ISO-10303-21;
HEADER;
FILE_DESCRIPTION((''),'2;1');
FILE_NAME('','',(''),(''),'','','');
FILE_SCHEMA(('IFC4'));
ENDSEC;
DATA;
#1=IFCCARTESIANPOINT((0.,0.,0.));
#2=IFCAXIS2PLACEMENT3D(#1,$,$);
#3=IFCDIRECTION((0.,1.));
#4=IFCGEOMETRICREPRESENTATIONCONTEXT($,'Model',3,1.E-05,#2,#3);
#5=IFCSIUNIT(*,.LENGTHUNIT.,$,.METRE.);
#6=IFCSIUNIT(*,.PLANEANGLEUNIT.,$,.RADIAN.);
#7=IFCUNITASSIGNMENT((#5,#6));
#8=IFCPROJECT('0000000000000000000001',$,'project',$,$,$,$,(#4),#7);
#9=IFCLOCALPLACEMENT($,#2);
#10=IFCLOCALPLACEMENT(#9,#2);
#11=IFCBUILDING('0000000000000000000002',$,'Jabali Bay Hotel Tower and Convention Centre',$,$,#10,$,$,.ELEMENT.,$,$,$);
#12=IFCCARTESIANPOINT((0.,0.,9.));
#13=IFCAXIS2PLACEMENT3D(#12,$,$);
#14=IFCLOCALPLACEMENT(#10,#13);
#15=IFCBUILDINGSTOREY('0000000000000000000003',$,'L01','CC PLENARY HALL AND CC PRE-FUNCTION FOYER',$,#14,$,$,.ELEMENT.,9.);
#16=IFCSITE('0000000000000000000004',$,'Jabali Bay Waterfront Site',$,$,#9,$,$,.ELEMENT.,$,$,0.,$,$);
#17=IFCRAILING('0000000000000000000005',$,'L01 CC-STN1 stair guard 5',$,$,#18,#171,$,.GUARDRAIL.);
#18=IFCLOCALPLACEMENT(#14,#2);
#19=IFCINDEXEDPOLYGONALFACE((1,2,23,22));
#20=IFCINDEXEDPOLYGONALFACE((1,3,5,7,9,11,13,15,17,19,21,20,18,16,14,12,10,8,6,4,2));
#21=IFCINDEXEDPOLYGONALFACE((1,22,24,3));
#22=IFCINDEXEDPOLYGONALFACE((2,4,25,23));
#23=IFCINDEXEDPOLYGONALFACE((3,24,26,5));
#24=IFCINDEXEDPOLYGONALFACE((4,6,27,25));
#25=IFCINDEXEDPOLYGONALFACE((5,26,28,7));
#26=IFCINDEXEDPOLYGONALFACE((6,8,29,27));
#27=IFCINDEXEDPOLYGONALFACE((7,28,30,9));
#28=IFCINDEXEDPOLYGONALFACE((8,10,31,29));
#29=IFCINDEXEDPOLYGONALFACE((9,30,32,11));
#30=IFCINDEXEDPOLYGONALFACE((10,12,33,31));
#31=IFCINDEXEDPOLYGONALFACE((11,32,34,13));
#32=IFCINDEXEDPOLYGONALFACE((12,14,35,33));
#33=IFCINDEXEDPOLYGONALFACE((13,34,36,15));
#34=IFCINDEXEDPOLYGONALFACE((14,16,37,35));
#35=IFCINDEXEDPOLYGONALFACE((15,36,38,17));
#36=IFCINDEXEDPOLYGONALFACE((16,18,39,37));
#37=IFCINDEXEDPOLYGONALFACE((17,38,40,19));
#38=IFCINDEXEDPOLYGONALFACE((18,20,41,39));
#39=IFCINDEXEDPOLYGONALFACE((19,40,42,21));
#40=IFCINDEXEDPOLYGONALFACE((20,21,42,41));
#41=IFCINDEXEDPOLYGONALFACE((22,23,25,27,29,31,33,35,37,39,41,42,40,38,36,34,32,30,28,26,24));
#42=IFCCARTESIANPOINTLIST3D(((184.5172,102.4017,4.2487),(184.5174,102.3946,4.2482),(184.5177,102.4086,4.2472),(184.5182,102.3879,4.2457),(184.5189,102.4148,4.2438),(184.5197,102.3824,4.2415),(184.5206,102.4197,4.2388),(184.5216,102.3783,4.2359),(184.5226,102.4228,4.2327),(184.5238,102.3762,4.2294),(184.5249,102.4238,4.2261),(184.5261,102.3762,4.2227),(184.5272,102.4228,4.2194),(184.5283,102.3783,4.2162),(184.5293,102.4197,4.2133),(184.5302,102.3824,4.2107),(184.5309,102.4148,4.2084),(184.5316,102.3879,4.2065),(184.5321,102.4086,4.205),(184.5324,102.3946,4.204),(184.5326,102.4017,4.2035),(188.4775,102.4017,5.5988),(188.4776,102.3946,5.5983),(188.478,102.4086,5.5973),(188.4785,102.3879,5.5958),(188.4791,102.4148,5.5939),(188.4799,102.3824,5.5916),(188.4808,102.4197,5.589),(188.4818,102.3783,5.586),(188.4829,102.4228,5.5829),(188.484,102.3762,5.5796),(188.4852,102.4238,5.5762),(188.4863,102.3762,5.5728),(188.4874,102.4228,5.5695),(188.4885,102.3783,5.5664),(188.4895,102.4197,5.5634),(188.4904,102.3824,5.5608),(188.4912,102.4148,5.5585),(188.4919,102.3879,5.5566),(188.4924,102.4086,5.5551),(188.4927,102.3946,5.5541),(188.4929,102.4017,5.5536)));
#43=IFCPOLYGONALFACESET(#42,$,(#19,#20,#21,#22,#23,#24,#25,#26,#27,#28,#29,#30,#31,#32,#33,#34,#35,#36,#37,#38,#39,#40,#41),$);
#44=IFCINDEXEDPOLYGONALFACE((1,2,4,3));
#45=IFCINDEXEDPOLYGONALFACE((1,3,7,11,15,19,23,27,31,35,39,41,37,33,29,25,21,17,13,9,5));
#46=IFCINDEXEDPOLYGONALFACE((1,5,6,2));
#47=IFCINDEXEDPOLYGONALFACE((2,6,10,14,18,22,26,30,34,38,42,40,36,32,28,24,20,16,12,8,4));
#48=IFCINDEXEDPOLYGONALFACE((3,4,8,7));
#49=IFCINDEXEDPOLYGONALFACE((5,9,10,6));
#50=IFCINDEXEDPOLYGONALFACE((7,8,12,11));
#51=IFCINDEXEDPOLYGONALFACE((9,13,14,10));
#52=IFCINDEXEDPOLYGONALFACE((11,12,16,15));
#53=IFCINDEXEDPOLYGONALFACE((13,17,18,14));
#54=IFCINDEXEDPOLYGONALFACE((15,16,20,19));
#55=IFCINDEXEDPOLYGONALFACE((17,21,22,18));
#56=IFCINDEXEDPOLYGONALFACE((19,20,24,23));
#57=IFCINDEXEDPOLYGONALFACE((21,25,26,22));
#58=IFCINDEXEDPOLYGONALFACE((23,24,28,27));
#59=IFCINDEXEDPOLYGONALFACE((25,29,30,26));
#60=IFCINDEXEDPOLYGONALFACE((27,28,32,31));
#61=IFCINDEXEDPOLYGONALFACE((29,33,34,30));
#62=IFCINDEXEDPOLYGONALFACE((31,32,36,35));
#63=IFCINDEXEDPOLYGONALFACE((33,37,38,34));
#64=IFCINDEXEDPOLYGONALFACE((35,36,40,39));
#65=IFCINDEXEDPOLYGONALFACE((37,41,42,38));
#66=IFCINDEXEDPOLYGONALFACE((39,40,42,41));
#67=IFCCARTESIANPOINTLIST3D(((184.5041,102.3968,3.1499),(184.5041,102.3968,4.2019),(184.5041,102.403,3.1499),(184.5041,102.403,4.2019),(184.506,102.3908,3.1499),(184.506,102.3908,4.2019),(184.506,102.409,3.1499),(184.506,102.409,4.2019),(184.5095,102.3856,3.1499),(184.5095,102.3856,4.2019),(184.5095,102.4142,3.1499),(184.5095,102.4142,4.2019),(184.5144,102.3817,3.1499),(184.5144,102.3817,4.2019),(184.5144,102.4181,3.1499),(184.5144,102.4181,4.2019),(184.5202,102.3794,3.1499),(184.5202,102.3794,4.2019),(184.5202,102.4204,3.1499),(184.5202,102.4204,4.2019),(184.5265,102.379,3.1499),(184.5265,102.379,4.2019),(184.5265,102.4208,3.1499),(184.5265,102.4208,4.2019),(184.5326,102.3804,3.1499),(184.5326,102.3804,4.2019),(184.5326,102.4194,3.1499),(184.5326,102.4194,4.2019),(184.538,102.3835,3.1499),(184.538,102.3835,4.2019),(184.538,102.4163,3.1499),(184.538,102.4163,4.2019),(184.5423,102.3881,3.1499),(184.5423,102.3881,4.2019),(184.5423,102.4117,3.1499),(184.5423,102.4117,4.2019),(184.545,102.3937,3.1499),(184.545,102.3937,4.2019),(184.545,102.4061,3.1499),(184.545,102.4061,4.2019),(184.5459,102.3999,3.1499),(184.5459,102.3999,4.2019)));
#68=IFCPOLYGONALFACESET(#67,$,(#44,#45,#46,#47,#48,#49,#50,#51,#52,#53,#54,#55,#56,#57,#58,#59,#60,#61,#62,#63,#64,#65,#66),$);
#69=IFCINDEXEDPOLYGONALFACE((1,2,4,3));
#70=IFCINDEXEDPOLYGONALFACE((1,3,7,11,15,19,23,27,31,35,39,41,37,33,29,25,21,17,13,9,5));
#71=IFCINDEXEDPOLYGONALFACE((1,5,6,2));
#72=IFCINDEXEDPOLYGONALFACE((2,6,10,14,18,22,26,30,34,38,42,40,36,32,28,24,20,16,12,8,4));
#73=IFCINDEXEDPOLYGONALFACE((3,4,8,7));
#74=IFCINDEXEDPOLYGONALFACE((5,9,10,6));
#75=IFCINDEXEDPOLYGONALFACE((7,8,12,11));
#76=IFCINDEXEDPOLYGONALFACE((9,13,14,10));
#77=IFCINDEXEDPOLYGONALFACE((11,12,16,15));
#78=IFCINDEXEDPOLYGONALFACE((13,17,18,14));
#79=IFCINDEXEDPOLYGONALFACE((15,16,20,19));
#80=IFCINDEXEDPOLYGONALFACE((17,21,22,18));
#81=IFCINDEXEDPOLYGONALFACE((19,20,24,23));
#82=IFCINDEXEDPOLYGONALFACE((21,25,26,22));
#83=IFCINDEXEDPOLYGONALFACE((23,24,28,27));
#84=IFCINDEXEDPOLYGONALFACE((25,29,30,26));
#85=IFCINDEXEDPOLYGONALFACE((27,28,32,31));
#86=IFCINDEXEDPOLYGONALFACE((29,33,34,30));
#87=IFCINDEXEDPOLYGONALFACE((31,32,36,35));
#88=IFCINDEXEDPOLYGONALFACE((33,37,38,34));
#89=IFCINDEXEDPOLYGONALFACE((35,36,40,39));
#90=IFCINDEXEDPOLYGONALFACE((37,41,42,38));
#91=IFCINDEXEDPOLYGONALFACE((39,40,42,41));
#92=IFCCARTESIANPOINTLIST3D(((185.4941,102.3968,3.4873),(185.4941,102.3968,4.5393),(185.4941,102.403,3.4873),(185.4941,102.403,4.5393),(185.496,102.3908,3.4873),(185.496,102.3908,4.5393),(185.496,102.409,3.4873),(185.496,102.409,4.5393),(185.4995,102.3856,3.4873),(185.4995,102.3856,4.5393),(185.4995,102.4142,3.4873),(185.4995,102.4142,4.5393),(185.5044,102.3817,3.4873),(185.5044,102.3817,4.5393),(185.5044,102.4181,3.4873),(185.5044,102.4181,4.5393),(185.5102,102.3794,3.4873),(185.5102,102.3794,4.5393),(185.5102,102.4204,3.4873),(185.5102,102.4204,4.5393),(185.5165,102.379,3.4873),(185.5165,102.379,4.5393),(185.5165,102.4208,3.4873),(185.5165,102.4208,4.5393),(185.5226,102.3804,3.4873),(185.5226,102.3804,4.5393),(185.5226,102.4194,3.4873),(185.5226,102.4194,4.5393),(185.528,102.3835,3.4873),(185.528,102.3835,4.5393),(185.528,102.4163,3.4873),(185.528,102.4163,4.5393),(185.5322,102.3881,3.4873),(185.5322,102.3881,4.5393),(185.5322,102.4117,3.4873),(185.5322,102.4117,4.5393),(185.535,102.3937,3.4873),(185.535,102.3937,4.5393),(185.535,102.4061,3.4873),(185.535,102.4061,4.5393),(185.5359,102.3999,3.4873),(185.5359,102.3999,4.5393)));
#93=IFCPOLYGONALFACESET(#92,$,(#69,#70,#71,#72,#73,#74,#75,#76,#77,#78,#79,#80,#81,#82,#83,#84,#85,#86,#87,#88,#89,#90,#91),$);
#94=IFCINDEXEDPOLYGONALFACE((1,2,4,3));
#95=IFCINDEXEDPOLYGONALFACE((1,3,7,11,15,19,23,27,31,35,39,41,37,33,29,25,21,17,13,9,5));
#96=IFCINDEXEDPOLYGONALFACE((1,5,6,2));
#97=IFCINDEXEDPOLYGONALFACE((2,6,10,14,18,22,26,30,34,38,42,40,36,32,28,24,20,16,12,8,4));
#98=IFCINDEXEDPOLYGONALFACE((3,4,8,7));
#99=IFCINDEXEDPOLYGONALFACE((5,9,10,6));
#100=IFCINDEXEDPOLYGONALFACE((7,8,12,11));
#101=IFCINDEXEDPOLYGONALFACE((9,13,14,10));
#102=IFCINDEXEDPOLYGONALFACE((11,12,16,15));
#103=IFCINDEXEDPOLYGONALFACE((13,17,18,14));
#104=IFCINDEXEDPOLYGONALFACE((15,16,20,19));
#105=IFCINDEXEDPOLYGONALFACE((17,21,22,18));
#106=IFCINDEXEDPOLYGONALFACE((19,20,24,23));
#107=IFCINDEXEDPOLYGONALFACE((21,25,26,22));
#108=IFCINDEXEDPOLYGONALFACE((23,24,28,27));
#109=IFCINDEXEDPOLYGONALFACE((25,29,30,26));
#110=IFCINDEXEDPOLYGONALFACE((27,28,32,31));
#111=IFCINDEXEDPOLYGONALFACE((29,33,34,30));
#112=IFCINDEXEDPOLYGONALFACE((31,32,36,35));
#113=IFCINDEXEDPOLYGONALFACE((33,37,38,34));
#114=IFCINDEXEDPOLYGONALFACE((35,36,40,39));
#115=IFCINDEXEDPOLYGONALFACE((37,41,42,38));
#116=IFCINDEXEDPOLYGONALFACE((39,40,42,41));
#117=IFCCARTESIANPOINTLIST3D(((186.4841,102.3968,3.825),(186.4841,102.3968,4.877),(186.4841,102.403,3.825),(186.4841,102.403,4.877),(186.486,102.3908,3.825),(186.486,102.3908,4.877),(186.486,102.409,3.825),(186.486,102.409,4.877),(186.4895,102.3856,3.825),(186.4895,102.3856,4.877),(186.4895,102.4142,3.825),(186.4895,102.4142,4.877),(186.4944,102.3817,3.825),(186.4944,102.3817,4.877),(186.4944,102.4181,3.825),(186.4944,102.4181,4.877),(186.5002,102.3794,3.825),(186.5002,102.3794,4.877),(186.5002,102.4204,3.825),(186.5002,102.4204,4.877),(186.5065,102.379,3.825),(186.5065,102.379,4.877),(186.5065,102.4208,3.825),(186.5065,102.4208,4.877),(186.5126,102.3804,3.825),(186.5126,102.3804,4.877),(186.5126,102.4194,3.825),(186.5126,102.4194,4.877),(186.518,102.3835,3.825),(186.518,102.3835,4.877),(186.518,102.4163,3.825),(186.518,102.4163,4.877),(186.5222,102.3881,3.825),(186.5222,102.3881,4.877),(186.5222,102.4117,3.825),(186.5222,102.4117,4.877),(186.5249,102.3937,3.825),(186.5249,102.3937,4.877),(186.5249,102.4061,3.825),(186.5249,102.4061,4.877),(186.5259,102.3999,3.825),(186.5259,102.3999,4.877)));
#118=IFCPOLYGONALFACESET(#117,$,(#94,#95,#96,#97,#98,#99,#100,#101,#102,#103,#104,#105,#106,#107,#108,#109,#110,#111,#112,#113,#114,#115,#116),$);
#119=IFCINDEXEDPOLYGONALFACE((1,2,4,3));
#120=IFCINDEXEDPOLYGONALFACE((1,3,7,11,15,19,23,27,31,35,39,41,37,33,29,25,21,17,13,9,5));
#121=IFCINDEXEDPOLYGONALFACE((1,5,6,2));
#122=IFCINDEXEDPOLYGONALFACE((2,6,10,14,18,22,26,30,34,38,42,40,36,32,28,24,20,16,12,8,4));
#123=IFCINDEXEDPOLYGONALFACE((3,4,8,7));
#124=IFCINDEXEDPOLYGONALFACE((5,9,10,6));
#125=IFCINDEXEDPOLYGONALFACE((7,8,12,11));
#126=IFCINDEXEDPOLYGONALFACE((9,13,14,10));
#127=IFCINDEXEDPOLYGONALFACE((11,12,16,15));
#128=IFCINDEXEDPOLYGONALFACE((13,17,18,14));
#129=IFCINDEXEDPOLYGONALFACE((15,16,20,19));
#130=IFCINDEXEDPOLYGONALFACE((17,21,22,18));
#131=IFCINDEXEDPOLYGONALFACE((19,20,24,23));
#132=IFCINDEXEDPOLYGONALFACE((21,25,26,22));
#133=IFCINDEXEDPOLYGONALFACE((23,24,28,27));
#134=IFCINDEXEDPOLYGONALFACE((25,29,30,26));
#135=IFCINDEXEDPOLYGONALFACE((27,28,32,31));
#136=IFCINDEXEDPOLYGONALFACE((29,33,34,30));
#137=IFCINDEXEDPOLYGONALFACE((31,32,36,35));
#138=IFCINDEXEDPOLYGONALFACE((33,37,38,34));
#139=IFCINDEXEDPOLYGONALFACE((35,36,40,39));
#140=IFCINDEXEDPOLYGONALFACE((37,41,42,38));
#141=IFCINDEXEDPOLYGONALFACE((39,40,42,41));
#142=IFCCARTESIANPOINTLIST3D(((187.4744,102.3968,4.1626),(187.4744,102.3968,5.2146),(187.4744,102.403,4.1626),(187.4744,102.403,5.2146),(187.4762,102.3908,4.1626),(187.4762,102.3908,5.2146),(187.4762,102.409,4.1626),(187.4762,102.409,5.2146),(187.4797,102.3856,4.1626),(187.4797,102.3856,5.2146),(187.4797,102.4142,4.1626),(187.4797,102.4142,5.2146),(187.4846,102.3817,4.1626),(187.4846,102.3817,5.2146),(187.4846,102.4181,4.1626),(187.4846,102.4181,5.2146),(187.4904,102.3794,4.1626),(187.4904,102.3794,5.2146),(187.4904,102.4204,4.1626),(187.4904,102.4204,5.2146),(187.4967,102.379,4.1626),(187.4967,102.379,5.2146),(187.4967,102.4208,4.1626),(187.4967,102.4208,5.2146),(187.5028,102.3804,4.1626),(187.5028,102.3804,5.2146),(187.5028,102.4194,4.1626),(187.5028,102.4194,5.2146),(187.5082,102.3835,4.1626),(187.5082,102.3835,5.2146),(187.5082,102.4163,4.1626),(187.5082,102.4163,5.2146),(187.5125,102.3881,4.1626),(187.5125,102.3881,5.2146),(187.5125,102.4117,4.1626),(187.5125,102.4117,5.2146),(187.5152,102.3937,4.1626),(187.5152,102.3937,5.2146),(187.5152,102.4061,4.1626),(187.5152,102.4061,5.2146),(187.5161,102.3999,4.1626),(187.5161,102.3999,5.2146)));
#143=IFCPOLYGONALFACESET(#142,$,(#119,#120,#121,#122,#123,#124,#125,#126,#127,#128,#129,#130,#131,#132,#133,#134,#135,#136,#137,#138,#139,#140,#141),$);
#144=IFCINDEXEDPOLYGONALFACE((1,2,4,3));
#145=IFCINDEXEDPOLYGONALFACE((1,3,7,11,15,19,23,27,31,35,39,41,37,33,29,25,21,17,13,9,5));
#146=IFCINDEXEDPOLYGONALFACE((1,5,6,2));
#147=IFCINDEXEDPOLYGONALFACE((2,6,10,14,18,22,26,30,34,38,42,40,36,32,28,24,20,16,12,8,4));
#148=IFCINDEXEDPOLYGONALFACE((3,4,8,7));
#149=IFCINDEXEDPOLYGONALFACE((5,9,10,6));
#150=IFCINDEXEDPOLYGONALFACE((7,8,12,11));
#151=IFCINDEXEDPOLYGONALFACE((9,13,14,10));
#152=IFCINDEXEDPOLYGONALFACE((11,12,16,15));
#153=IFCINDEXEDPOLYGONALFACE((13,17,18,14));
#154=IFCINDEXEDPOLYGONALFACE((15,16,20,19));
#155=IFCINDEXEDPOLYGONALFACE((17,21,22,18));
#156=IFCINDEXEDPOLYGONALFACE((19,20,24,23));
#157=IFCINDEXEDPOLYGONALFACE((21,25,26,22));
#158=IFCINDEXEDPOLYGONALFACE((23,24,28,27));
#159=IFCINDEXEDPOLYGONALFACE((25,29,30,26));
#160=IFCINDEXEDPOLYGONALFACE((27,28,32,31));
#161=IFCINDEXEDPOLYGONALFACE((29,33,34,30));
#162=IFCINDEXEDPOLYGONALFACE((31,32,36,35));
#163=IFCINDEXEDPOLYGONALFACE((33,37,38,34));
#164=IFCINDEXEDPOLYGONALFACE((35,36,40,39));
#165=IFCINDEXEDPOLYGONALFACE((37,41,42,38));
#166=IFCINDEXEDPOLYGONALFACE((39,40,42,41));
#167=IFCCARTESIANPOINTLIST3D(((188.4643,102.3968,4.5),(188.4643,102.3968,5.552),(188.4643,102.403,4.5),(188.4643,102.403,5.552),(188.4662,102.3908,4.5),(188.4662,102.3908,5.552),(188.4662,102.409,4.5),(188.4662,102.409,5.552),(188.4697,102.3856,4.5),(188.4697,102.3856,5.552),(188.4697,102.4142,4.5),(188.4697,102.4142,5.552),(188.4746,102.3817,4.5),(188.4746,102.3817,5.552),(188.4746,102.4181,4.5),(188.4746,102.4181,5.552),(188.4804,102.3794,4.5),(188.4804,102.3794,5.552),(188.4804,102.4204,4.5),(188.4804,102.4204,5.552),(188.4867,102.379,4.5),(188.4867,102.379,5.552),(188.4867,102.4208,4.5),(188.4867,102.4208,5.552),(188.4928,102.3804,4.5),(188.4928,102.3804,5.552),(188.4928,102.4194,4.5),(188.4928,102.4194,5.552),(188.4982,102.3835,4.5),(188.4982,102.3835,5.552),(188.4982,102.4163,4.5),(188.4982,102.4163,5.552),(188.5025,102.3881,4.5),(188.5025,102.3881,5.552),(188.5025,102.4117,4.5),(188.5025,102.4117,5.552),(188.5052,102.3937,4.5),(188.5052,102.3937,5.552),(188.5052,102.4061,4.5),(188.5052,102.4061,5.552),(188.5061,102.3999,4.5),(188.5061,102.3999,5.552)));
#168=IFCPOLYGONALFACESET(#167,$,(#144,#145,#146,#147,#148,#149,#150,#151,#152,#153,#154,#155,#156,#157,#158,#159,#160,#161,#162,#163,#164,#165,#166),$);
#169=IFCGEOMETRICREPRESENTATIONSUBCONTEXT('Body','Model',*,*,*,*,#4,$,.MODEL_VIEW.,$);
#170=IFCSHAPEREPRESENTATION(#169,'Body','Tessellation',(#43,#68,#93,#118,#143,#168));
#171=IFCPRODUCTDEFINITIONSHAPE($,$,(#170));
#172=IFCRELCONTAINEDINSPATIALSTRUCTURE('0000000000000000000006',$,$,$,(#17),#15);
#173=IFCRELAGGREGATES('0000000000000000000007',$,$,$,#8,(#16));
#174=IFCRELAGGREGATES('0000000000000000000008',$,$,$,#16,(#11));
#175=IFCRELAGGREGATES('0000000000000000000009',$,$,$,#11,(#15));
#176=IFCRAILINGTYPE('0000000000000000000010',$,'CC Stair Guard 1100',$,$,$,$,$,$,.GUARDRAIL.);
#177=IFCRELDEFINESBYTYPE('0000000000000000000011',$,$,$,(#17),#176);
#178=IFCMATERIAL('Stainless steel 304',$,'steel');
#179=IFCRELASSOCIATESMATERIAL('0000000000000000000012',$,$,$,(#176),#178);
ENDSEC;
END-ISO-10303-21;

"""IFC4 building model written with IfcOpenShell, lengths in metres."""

from ifc_helpers import new_model, si_unit, direction, frame, origin, origin_2d, place, context, subcontext, project, spatial, circle, extrude, material, type_object, element, save


model = new_model("IFC4")

# Units and contexts
model_context = context("Model", 3, precision=1e-05, world=origin(), true_north=direction((0.0, 1.0)))
body_context = subcontext(model_context, "Body", "Model", "MODEL_VIEW")
ifc_project = project(units=[si_unit("LENGTHUNIT", "METRE"), si_unit("PLANEANGLEUNIT", "RADIAN")], contexts=[model_context])

# Site, building, storey
site_placement = place(None, origin())
site = spatial("IfcSite", under=ifc_project, at=site_placement, Name="Jabali Bay Waterfront Site", CompositionType="ELEMENT", RefElevation=0.0)
building_placement = place(site_placement, origin())
building = spatial("IfcBuilding", under=site, at=building_placement, Name="Jabali Bay Hotel Tower and Convention Centre", CompositionType="ELEMENT")
storey_placement = place(building_placement, frame((0.0, 0.0, 9.0)))
storey = spatial("IfcBuildingStorey", under=building, at=storey_placement, Name="L01", Description="CC PLENARY HALL AND CC PRE-FUNCTION FOYER", CompositionType="ELEMENT", Elevation=9.0)

# Railing
ifc_material_1 = material(Name="Stainless steel 304", Category="steel")
railing_type_1 = type_object("IfcRailingType", Name="CC Stair Guard 1100", PredefinedType="GUARDRAIL", material=ifc_material_1)
railing_1_placement = place(storey_placement, frame((184.5249, 102.3999, 3.1499)))
element("IfcRailing", 1, at=railing_1_placement, inside=storey, type_object=railing_type_1, Name="L01 CC-STN1 stair guard 5", PredefinedType="GUARDRAIL", context=body_context, shape_type="SweptSolid", body=[
    extrude(circle(Radius=0.0239, at=origin_2d()), frame((0.0, 0.0, 1.0762), z_axis=(0.946508, 0.0, 0.32268), x_axis=(0.0, 1.0, 0.0)), (0.0, 0.0, 1.0), 4.1841),
    extrude(circle(Radius=0.021, at=origin_2d()), origin(), (0.0, 0.0, 1.0), 1.052),
    extrude(circle(Radius=0.021, at=origin_2d()), frame((0.99, 0.0, 0.3374)), (0.0, 0.0, 1.0), 1.052),
    extrude(circle(Radius=0.021, at=origin_2d()), frame((1.98, 0.0, 0.675)), (0.0, 0.0, 1.0), 1.052),
    extrude(circle(Radius=0.021, at=origin_2d()), frame((2.9702, 0.0, 1.0127)), (0.0, 0.0, 1.0), 1.052),
    extrude(circle(Radius=0.021, at=origin_2d()), frame((3.9602, 0.0, 1.3501)), (0.0, 0.0, 1.0), 1.052),
])

save(model, "model.ifc")
